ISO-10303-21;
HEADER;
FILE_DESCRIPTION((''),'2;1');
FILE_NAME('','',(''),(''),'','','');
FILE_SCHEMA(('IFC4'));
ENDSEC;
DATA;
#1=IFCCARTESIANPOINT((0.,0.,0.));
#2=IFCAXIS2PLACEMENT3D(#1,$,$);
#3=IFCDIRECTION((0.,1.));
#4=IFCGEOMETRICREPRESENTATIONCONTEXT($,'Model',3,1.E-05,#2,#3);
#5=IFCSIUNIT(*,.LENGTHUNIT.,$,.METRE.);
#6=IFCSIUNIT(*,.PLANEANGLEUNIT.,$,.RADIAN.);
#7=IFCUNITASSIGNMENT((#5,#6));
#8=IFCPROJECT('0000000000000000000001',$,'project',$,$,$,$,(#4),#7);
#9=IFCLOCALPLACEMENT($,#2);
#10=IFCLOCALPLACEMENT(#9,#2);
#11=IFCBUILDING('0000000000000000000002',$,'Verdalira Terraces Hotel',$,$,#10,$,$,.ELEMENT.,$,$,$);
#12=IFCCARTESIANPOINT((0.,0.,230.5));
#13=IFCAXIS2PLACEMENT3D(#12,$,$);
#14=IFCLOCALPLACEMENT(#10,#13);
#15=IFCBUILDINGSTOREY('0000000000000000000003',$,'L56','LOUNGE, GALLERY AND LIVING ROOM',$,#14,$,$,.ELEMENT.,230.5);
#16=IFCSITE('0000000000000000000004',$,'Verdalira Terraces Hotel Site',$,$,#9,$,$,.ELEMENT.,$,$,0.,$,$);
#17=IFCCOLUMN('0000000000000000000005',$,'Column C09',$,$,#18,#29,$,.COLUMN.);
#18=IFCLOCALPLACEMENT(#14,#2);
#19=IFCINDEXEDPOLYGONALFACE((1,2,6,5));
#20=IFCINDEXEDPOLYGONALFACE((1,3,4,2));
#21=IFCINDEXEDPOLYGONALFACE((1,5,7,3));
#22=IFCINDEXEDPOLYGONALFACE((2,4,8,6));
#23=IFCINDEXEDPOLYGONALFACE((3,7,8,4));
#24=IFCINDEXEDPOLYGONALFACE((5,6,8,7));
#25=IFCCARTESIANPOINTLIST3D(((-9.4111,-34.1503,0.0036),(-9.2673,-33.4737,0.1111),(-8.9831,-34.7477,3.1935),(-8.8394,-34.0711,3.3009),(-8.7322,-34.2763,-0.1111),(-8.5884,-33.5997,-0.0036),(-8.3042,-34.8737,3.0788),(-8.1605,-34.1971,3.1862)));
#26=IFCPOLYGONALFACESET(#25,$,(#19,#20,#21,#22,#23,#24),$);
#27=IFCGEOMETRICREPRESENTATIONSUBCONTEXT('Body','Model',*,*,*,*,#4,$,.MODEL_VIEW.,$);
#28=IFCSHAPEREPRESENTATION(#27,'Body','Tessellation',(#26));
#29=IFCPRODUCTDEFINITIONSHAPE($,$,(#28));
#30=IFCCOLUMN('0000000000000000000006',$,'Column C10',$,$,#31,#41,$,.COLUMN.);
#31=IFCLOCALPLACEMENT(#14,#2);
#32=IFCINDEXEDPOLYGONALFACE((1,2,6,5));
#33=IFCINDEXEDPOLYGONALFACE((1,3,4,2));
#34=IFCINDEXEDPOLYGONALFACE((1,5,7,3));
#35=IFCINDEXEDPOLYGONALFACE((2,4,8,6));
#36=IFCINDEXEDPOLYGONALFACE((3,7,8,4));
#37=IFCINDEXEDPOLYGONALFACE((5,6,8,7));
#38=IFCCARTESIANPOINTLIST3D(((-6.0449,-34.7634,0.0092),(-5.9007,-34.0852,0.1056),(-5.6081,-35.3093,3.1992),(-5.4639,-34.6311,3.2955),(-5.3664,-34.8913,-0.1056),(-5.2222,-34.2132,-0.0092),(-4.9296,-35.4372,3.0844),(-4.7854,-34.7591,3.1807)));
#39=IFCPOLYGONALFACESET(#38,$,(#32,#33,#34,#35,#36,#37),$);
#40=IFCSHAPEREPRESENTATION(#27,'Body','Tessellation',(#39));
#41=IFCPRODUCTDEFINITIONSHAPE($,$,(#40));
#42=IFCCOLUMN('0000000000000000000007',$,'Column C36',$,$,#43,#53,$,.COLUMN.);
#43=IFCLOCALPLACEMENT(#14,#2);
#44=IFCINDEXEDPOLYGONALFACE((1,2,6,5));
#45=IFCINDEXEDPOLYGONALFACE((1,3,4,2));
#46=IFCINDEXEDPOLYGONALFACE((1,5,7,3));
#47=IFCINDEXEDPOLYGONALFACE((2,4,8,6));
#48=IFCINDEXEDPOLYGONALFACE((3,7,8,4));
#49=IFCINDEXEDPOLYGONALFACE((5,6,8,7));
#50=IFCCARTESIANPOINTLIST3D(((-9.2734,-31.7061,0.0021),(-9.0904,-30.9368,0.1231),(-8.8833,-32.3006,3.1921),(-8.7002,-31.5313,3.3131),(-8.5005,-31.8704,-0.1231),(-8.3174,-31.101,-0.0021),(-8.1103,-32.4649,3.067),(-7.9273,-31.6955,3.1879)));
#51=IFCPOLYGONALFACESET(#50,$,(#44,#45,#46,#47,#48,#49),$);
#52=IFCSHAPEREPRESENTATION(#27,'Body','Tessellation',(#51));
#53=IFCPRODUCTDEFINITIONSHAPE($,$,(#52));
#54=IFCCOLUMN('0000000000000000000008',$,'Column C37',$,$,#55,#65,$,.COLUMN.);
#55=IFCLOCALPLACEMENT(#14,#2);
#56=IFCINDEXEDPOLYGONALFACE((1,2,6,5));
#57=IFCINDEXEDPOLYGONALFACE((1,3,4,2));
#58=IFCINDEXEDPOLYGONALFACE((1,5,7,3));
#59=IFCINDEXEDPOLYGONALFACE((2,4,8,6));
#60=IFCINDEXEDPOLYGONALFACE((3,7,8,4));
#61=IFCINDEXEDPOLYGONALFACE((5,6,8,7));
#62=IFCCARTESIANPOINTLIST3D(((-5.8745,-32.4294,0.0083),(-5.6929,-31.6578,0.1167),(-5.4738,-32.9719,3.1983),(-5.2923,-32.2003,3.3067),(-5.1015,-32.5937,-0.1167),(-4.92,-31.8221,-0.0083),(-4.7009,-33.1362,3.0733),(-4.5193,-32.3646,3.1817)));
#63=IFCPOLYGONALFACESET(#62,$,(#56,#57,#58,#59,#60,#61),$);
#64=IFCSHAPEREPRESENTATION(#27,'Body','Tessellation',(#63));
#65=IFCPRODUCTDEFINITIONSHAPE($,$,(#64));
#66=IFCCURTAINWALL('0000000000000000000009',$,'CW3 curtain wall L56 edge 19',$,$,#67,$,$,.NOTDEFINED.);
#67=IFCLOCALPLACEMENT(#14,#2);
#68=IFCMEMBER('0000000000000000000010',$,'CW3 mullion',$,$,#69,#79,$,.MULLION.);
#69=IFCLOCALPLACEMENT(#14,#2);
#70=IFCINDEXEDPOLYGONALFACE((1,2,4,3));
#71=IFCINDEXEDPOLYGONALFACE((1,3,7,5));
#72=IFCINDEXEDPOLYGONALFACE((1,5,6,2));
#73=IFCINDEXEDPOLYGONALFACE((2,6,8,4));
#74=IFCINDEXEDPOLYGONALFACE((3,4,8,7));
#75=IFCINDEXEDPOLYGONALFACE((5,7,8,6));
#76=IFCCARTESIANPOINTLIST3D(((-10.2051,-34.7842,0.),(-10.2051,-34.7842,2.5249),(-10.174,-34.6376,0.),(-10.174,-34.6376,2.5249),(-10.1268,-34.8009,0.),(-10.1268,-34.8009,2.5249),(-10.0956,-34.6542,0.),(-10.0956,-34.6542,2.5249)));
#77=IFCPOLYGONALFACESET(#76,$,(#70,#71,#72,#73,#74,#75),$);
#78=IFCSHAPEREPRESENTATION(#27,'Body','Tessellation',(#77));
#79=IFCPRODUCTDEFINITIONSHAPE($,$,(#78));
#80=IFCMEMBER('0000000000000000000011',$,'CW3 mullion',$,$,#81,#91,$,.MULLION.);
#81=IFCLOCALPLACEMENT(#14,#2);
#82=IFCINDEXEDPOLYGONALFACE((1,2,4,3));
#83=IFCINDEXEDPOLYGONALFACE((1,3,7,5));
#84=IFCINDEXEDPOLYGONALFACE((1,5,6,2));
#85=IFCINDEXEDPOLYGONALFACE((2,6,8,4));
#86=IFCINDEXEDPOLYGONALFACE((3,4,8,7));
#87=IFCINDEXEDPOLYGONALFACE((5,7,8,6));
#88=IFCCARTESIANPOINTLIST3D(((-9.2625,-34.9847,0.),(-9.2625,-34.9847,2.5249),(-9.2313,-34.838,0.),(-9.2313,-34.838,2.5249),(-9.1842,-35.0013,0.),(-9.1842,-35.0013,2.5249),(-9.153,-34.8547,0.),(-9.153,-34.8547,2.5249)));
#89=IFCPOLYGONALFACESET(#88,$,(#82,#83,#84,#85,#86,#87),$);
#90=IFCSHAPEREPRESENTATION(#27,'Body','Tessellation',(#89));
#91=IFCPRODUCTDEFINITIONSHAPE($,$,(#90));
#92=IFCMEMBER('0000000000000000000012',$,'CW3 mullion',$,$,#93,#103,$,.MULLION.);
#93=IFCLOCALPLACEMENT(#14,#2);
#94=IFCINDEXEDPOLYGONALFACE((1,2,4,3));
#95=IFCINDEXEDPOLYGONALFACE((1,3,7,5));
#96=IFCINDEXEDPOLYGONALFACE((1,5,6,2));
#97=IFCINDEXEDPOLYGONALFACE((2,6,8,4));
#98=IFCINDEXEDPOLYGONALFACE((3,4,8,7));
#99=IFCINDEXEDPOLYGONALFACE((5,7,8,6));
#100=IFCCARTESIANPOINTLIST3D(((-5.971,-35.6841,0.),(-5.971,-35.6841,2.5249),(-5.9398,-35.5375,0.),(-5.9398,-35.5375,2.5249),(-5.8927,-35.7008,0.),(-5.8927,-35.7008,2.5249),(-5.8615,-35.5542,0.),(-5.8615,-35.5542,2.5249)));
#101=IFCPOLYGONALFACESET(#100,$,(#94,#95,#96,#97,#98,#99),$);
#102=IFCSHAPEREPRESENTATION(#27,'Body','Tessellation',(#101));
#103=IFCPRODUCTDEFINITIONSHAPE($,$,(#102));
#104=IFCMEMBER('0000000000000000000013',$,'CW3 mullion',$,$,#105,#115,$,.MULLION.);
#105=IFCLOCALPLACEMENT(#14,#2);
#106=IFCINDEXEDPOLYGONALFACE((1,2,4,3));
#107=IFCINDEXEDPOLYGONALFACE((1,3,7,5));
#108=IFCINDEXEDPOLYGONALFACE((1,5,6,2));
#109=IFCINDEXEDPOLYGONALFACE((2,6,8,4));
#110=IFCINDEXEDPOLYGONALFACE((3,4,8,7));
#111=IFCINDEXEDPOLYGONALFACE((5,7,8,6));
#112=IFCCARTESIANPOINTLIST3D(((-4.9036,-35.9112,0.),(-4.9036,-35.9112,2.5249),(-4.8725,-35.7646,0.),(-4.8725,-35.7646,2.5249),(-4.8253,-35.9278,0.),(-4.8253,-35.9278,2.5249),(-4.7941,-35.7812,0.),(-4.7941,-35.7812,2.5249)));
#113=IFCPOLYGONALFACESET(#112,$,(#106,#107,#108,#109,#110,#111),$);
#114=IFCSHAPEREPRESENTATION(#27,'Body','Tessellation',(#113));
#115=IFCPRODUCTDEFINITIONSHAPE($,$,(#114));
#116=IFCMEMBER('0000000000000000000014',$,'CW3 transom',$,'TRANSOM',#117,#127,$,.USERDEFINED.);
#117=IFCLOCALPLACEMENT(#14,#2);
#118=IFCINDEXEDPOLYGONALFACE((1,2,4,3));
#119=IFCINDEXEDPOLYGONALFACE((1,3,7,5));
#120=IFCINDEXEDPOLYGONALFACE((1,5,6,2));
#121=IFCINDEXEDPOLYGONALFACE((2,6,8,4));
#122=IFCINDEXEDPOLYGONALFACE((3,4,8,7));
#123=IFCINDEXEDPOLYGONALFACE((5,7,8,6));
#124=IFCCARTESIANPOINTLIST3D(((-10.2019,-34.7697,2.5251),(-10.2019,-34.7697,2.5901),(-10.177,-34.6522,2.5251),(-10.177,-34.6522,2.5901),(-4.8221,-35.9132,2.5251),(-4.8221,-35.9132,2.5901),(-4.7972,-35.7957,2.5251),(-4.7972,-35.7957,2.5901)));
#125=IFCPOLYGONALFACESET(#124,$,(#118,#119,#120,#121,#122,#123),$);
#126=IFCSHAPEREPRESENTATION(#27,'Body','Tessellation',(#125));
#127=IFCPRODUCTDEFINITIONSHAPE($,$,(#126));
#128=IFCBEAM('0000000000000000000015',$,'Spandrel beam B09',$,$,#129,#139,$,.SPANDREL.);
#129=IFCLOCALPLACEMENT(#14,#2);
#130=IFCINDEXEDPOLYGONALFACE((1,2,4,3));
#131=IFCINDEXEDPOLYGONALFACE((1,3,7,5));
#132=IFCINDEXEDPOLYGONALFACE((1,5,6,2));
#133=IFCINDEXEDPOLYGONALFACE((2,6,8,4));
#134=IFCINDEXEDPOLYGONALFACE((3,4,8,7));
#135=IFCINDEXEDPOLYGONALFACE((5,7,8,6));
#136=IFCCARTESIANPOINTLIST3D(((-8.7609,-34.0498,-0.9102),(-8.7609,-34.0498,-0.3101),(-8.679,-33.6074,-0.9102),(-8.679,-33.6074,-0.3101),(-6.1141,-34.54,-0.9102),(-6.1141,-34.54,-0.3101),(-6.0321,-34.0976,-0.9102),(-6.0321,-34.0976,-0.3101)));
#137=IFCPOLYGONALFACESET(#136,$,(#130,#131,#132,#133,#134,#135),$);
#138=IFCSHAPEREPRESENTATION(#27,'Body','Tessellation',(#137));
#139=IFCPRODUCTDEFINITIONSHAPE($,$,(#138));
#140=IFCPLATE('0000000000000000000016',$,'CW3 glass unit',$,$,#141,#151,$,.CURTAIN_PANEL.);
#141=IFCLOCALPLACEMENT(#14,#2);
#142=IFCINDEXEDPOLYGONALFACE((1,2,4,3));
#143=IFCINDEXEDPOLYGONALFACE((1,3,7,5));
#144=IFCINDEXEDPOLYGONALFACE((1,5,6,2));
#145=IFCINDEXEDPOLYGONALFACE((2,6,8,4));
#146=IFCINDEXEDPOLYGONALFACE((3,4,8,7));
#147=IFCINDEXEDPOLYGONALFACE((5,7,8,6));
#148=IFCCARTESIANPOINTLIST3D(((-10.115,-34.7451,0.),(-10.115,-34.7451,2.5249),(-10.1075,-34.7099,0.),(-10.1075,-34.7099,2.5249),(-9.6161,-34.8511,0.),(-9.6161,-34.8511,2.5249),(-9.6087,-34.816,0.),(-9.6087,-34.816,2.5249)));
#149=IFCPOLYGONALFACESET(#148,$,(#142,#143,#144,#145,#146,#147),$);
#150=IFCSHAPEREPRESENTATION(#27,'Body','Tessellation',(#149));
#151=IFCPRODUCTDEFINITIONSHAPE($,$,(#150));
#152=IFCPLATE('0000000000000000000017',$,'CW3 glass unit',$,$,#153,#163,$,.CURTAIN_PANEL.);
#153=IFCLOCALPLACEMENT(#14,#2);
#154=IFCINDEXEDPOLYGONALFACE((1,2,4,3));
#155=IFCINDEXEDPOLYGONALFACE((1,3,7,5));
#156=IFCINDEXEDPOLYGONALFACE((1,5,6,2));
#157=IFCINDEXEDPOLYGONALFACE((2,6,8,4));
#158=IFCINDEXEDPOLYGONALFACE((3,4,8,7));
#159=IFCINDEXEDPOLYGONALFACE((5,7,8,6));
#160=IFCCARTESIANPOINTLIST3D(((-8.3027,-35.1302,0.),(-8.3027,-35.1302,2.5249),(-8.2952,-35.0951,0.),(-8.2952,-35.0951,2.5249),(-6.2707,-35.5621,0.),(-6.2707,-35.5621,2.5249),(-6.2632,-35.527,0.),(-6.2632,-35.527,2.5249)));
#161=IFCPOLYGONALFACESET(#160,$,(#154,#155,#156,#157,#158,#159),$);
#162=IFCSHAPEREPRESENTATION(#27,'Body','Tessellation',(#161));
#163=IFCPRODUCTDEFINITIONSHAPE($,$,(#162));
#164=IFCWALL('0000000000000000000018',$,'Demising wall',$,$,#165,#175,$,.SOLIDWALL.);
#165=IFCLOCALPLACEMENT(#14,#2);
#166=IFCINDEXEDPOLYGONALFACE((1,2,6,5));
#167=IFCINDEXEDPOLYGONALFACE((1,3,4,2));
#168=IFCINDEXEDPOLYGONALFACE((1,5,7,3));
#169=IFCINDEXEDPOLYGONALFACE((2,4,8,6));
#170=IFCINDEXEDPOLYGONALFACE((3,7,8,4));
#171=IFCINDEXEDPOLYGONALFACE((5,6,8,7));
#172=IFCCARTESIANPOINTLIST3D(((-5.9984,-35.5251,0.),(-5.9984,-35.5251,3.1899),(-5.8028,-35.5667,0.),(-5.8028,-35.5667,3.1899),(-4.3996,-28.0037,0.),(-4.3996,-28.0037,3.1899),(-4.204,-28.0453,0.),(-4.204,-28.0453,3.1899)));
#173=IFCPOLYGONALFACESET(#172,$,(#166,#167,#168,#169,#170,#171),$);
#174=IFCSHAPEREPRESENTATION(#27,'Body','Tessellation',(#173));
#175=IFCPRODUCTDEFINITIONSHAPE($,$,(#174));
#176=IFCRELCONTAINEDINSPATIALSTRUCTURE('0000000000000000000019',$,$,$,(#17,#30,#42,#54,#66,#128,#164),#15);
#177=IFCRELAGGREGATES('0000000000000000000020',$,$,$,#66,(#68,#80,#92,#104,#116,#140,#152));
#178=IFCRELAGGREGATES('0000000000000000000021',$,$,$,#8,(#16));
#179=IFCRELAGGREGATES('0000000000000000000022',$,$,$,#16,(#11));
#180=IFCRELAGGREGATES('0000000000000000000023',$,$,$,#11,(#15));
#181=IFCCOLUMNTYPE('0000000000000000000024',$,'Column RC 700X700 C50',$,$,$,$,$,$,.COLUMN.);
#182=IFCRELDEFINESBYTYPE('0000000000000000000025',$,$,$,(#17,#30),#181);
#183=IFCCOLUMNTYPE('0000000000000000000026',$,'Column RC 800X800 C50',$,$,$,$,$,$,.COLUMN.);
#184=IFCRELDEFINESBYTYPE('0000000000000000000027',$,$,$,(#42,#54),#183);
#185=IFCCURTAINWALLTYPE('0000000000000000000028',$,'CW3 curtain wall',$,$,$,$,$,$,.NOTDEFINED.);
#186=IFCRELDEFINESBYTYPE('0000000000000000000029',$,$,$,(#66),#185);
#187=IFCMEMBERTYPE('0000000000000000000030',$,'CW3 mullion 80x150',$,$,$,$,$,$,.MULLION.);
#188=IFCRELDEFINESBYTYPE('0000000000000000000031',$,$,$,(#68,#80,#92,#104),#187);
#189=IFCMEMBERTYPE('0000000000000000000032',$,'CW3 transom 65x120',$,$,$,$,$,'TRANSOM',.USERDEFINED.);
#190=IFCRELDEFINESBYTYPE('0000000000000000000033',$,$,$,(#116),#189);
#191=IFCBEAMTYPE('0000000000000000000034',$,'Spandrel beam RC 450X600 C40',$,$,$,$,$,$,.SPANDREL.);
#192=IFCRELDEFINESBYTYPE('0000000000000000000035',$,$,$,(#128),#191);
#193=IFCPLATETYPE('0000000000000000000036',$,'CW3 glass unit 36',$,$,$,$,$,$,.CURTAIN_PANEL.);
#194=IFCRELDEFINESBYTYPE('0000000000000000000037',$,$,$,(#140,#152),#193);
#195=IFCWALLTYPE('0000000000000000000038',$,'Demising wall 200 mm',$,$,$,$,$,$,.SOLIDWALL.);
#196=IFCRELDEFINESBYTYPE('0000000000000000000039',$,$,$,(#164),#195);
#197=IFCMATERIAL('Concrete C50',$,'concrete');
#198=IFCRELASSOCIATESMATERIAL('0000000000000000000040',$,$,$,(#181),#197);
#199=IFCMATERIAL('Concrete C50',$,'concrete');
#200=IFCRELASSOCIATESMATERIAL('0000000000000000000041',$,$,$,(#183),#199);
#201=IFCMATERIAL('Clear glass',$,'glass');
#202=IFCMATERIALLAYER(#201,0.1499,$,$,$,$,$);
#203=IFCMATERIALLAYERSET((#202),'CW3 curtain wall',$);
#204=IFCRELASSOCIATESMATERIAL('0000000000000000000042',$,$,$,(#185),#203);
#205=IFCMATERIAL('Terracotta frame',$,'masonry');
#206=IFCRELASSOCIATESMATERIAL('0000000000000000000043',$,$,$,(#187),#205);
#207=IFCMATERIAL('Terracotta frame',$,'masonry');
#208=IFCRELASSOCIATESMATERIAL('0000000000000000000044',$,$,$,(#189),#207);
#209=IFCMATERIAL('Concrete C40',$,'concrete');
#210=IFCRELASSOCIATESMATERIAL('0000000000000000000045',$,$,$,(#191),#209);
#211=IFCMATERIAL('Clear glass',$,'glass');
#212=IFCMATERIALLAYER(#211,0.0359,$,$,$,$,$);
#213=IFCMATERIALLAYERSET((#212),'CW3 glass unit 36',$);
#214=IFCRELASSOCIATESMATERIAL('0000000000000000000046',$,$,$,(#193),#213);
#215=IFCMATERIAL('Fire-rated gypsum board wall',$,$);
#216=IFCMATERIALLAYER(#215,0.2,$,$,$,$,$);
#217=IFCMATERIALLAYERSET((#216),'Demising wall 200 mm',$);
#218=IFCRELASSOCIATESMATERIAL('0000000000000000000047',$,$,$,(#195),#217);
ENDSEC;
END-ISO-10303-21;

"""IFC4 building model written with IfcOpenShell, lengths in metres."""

from ifc_helpers import new_model, si_unit, direction, frame, frame_2d, origin, origin_2d, place, context, subcontext, project, spatial, rectangle, extrude, material, layer, layer_set, material_profile, profile_set, type_object, element, aggregate, save


model = new_model("IFC4")

# Units and contexts
model_context = context("Model", 3, precision=1e-05, world=origin(), true_north=direction((0.0, 1.0)))
body_context = subcontext(model_context, "Body", "Model", "MODEL_VIEW")
ifc_project = project(units=[si_unit("LENGTHUNIT", "METRE"), si_unit("PLANEANGLEUNIT", "RADIAN")], contexts=[model_context])

# Site, building, storey
site_placement = place(None, origin())
site = spatial("IfcSite", under=ifc_project, at=site_placement, Name="Verdalira Terraces Hotel Site", CompositionType="ELEMENT", RefElevation=0.0)
building_placement = place(site_placement, origin())
building = spatial("IfcBuilding", under=site, at=building_placement, Name="Verdalira Terraces Hotel", CompositionType="ELEMENT")
storey_placement = place(building_placement, frame((0.0, 0.0, 230.5)))
storey = spatial("IfcBuildingStorey", under=building, at=storey_placement, Name="L56", Description="LOUNGE, GALLERY AND LIVING ROOM", CompositionType="ELEMENT", Elevation=230.5)

# Columns
ifc_material_1 = material(Name="Concrete C50", Category="concrete")
ifc_material_profile_1 = material_profile(ifc_material_1, rectangle(XDim=0.7, YDim=0.7, at=origin_2d()), Name="RC 700X700")
ifc_profile_set_1 = profile_set([ifc_material_profile_1], Name="Concrete C50")
column_type_1 = type_object("IfcColumnType", Name="Column RC 700X700 C50", PredefinedType="COLUMN", material=ifc_profile_set_1)
column_1_placement = place(storey_placement, frame((-8.9998, -33.875, 0.0), z_axis=(0.13074, -0.1825, 0.974475), x_axis=(0.969912, -0.180065, -0.163851)))
element("IfcColumn", 1, at=column_1_placement, inside=storey, type_object=column_type_1, Name="Column C09", PredefinedType="COLUMN", context=body_context, shape_type="SweptSolid", body=[
    extrude(rectangle(XDim=0.7, YDim=0.7, at=origin_2d()), origin(), (0.0, 0.0, 1.0), 3.2734),
])
column_2_placement = place(storey_placement, frame((-5.6335, -34.4883, 0.0), z_axis=(0.133746, -0.167164, 0.976815), x_axis=(0.969372, -0.182806, -0.16401)))
element("IfcColumn", 2, at=column_2_placement, inside=storey, type_object=column_type_1, Name="Column C10", PredefinedType="COLUMN", context=body_context, shape_type="SweptSolid", body=[
    extrude(rectangle(XDim=0.7, YDim=0.7, at=origin_2d()), origin(), (0.0, 0.0, 1.0), 3.2656),
])
ifc_material_2 = material(Name="Concrete C50", Category="concrete")
ifc_material_profile_2 = material_profile(ifc_material_2, rectangle(XDim=0.8, YDim=0.8, at=origin_2d()), Name="RC 800X800")
ifc_profile_set_2 = profile_set([ifc_material_profile_2], Name="Concrete C50")
column_type_2 = type_object("IfcColumnType", Name="Column RC 800X800 C50", PredefinedType="COLUMN", material=ifc_profile_set_2)
column_3_placement = place(storey_placement, frame((-8.7954, -31.4036, 0.0), z_axis=(0.119372, -0.181897, 0.976045), x_axis=(-0.228786, -0.961657, -0.151235)))
element("IfcColumn", 3, at=column_3_placement, inside=storey, type_object=column_type_2, Name="Column C36", PredefinedType="COLUMN", context=body_context, shape_type="SweptSolid", body=[
    extrude(rectangle(XDim=0.8, YDim=0.8, at=origin_2d()), origin(), (0.0, 0.0, 1.0), 3.2683),
])
column_4_placement = place(storey_placement, frame((-5.3972, -32.1257, 0.0), z_axis=(0.122877, -0.166382, 0.978375), x_axis=(-0.226905, -0.964443, -0.135515)))
element("IfcColumn", 4, at=column_4_placement, inside=storey, type_object=column_type_2, Name="Column C37", PredefinedType="COLUMN", context=body_context, shape_type="SweptSolid", body=[
    extrude(rectangle(XDim=0.8, YDim=0.8, at=origin_2d()), origin(), (0.0, 0.0, 1.0), 3.2605),
])

# Curtain wall, members
ifc_material_3 = material(Name="Clear glass", Category="glass")
ifc_layer_1 = layer(ifc_material_3, 0.1499)
ifc_layer_set_1 = layer_set([ifc_layer_1], Name="CW3 curtain wall")
curtain_wall_type = type_object("IfcCurtainWallType", Name="CW3 curtain wall", PredefinedType="NOTDEFINED", material=ifc_layer_set_1)
curtain_wall_placement = place(storey_placement, origin())
curtain_wall = element("IfcCurtainWall", 5, at=curtain_wall_placement, inside=storey, type_object=curtain_wall_type, Name="CW3 curtain wall L56 edge 19", PredefinedType="NOTDEFINED")
ifc_material_4 = material(Name="Terracotta frame", Category="masonry")
ifc_material_profile_3 = material_profile(ifc_material_4, rectangle(XDim=0.0801, YDim=0.1499, at=origin_2d()), Name="MU 80x150")
ifc_profile_set_3 = profile_set([ifc_material_profile_3], Name="Terracotta frame")
member_type_1 = type_object("IfcMemberType", Name="CW3 mullion 80x150", PredefinedType="MULLION", material=ifc_profile_set_3)
member_1_placement = place(storey_placement, frame((-10.1504, -34.7192, 0.0), z_axis=(0.0, 0.0, 1.0), x_axis=(0.978148, -0.207912, 0.0)))
member_1 = element("IfcMember", 6, at=member_1_placement, type_object=member_type_1, Name="CW3 mullion", PredefinedType="MULLION", context=body_context, shape_type="SweptSolid", body=[
    extrude(rectangle(XDim=0.0801, YDim=0.1499, at=origin_2d()), origin(), (0.0, 0.0, 1.0), 2.5249),
])
member_2_placement = place(storey_placement, frame((-9.2078, -34.9197, 0.0), z_axis=(0.0, 0.0, 1.0), x_axis=(0.978148, -0.207912, 0.0)))
member_2 = element("IfcMember", 7, at=member_2_placement, type_object=member_type_1, Name="CW3 mullion", PredefinedType="MULLION", context=body_context, shape_type="SweptSolid", body=[
    extrude(rectangle(XDim=0.0801, YDim=0.1499, at=origin_2d()), origin(), (0.0, 0.0, 1.0), 2.5249),
])
member_3_placement = place(storey_placement, frame((-5.9163, -35.6191, 0.0), z_axis=(0.0, 0.0, 1.0), x_axis=(0.978148, -0.207912, 0.0)))
member_3 = element("IfcMember", 8, at=member_3_placement, type_object=member_type_1, Name="CW3 mullion", PredefinedType="MULLION", context=body_context, shape_type="SweptSolid", body=[
    extrude(rectangle(XDim=0.0801, YDim=0.1499, at=origin_2d()), origin(), (0.0, 0.0, 1.0), 2.5249),
])
member_4_placement = place(storey_placement, frame((-4.8489, -35.8462, 0.0), z_axis=(0.0, 0.0, 1.0), x_axis=(0.978148, -0.207912, 0.0)))
member_4 = element("IfcMember", 9, at=member_4_placement, type_object=member_type_1, Name="CW3 mullion", PredefinedType="MULLION", context=body_context, shape_type="SweptSolid", body=[
    extrude(rectangle(XDim=0.0801, YDim=0.1499, at=origin_2d()), origin(), (0.0, 0.0, 1.0), 2.5249),
])
ifc_material_5 = material(Name="Terracotta frame", Category="masonry")
ifc_material_profile_4 = material_profile(ifc_material_5, rectangle(XDim=0.1201, YDim=0.0649, at=origin_2d()), Name="TR 65x120")
ifc_profile_set_4 = profile_set([ifc_material_profile_4], Name="Terracotta frame")
member_type_2 = type_object("IfcMemberType", Name="CW3 transom 65x120", ElementType="TRANSOM", PredefinedType="USERDEFINED", material=ifc_profile_set_4)
member_5_placement = place(storey_placement, frame((-10.1895, -34.7109, 2.5576), z_axis=(0.978147, -0.207916, 0.0), x_axis=(0.207916, 0.978147, 0.0)))
member_5 = element("IfcMember", 10, at=member_5_placement, type_object=member_type_2, Name="CW3 transom", ObjectType="TRANSOM", PredefinedType="USERDEFINED", context=body_context, shape_type="SweptSolid", body=[
    extrude(rectangle(XDim=0.1201, YDim=0.0649, at=origin_2d()), origin(), (0.0, 0.0, 1.0), 5.5),
])

# Beam
ifc_material_6 = material(Name="Concrete C40", Category="concrete")
ifc_material_profile_5 = material_profile(ifc_material_6, rectangle(XDim=0.45, YDim=0.6001, at=origin_2d()), Name="RC 450X600")
ifc_profile_set_5 = profile_set([ifc_material_profile_5], Name="Concrete C40")
beam_type = type_object("IfcBeamType", Name="Spandrel beam RC 450X600 C40", PredefinedType="SPANDREL", material=ifc_profile_set_5)
beam_placement = place(storey_placement, frame((-8.72, -33.8286, -0.6101), z_axis=(0.983278, -0.182109, 0.0), x_axis=(0.182109, 0.983278, 0.0)))
element("IfcBeam", 11, at=beam_placement, inside=storey, type_object=beam_type, Name="Spandrel beam B09", PredefinedType="SPANDREL", context=body_context, shape_type="SweptSolid", body=[
    extrude(rectangle(XDim=0.45, YDim=0.6001, at=origin_2d()), origin(), (0.0, 0.0, 1.0), 2.6919),
])

# Plates
ifc_material_7 = material(Name="Clear glass", Category="glass")
ifc_layer_2 = layer(ifc_material_7, 0.0359)
ifc_layer_set_2 = layer_set([ifc_layer_2], Name="CW3 glass unit 36")
plate_type = type_object("IfcPlateType", Name="CW3 glass unit 36", PredefinedType="CURTAIN_PANEL", material=ifc_layer_set_2)
plate_1_placement = place(storey_placement, frame((-9.8618, -34.7805, 0.0), z_axis=(0.0, 0.0, 1.0), x_axis=(0.978148, -0.207912, 0.0)))
plate_1 = element("IfcPlate", 12, at=plate_1_placement, type_object=plate_type, Name="CW3 glass unit", PredefinedType="CURTAIN_PANEL", context=body_context, shape_type="SweptSolid", body=[
    extrude(rectangle(XDim=0.51, YDim=0.0359, at=origin_2d()), origin(), (0.0, 0.0, 1.0), 2.5249),
])
plate_2_placement = place(storey_placement, frame((-7.283, -35.3286, 0.0), z_axis=(0.0, 0.0, 1.0), x_axis=(0.978148, -0.207912, 0.0)))
plate_2 = element("IfcPlate", 13, at=plate_2_placement, type_object=plate_type, Name="CW3 glass unit", PredefinedType="CURTAIN_PANEL", context=body_context, shape_type="SweptSolid", body=[
    extrude(rectangle(XDim=2.0774, YDim=0.0359, at=origin_2d()), origin(), (0.0, 0.0, 1.0), 2.5249),
])
aggregate(curtain_wall, [member_1, member_2, member_3, member_4, member_5, plate_1, plate_2])

# Wall
ifc_material_8 = material(Name="Fire-rated gypsum board wall")
ifc_layer_3 = layer(ifc_material_8, 0.2)
ifc_layer_set_3 = layer_set([ifc_layer_3], Name="Demising wall 200 mm")
wall_type_1 = type_object("IfcWallType", Name="Demising wall 200 mm", PredefinedType="SOLIDWALL", material=ifc_layer_set_3)
wall_1_placement = place(storey_placement, frame((-5.9006, -35.5459, 0.0), z_axis=(0.0, 0.0, 1.0), x_axis=(0.207929, 0.978144, 0.0)))
element("IfcWall", 14, at=wall_1_placement, inside=storey, type_object=wall_type_1, Name="Demising wall", PredefinedType="SOLIDWALL", context=body_context, shape_type="SweptSolid", body=[
    extrude(rectangle(XDim=7.6895, YDim=0.2, at=frame_2d((3.8447, 0.0))), origin(), (0.0, 0.0, 1.0), 3.1899),
])

save(model, "model.ifc")
